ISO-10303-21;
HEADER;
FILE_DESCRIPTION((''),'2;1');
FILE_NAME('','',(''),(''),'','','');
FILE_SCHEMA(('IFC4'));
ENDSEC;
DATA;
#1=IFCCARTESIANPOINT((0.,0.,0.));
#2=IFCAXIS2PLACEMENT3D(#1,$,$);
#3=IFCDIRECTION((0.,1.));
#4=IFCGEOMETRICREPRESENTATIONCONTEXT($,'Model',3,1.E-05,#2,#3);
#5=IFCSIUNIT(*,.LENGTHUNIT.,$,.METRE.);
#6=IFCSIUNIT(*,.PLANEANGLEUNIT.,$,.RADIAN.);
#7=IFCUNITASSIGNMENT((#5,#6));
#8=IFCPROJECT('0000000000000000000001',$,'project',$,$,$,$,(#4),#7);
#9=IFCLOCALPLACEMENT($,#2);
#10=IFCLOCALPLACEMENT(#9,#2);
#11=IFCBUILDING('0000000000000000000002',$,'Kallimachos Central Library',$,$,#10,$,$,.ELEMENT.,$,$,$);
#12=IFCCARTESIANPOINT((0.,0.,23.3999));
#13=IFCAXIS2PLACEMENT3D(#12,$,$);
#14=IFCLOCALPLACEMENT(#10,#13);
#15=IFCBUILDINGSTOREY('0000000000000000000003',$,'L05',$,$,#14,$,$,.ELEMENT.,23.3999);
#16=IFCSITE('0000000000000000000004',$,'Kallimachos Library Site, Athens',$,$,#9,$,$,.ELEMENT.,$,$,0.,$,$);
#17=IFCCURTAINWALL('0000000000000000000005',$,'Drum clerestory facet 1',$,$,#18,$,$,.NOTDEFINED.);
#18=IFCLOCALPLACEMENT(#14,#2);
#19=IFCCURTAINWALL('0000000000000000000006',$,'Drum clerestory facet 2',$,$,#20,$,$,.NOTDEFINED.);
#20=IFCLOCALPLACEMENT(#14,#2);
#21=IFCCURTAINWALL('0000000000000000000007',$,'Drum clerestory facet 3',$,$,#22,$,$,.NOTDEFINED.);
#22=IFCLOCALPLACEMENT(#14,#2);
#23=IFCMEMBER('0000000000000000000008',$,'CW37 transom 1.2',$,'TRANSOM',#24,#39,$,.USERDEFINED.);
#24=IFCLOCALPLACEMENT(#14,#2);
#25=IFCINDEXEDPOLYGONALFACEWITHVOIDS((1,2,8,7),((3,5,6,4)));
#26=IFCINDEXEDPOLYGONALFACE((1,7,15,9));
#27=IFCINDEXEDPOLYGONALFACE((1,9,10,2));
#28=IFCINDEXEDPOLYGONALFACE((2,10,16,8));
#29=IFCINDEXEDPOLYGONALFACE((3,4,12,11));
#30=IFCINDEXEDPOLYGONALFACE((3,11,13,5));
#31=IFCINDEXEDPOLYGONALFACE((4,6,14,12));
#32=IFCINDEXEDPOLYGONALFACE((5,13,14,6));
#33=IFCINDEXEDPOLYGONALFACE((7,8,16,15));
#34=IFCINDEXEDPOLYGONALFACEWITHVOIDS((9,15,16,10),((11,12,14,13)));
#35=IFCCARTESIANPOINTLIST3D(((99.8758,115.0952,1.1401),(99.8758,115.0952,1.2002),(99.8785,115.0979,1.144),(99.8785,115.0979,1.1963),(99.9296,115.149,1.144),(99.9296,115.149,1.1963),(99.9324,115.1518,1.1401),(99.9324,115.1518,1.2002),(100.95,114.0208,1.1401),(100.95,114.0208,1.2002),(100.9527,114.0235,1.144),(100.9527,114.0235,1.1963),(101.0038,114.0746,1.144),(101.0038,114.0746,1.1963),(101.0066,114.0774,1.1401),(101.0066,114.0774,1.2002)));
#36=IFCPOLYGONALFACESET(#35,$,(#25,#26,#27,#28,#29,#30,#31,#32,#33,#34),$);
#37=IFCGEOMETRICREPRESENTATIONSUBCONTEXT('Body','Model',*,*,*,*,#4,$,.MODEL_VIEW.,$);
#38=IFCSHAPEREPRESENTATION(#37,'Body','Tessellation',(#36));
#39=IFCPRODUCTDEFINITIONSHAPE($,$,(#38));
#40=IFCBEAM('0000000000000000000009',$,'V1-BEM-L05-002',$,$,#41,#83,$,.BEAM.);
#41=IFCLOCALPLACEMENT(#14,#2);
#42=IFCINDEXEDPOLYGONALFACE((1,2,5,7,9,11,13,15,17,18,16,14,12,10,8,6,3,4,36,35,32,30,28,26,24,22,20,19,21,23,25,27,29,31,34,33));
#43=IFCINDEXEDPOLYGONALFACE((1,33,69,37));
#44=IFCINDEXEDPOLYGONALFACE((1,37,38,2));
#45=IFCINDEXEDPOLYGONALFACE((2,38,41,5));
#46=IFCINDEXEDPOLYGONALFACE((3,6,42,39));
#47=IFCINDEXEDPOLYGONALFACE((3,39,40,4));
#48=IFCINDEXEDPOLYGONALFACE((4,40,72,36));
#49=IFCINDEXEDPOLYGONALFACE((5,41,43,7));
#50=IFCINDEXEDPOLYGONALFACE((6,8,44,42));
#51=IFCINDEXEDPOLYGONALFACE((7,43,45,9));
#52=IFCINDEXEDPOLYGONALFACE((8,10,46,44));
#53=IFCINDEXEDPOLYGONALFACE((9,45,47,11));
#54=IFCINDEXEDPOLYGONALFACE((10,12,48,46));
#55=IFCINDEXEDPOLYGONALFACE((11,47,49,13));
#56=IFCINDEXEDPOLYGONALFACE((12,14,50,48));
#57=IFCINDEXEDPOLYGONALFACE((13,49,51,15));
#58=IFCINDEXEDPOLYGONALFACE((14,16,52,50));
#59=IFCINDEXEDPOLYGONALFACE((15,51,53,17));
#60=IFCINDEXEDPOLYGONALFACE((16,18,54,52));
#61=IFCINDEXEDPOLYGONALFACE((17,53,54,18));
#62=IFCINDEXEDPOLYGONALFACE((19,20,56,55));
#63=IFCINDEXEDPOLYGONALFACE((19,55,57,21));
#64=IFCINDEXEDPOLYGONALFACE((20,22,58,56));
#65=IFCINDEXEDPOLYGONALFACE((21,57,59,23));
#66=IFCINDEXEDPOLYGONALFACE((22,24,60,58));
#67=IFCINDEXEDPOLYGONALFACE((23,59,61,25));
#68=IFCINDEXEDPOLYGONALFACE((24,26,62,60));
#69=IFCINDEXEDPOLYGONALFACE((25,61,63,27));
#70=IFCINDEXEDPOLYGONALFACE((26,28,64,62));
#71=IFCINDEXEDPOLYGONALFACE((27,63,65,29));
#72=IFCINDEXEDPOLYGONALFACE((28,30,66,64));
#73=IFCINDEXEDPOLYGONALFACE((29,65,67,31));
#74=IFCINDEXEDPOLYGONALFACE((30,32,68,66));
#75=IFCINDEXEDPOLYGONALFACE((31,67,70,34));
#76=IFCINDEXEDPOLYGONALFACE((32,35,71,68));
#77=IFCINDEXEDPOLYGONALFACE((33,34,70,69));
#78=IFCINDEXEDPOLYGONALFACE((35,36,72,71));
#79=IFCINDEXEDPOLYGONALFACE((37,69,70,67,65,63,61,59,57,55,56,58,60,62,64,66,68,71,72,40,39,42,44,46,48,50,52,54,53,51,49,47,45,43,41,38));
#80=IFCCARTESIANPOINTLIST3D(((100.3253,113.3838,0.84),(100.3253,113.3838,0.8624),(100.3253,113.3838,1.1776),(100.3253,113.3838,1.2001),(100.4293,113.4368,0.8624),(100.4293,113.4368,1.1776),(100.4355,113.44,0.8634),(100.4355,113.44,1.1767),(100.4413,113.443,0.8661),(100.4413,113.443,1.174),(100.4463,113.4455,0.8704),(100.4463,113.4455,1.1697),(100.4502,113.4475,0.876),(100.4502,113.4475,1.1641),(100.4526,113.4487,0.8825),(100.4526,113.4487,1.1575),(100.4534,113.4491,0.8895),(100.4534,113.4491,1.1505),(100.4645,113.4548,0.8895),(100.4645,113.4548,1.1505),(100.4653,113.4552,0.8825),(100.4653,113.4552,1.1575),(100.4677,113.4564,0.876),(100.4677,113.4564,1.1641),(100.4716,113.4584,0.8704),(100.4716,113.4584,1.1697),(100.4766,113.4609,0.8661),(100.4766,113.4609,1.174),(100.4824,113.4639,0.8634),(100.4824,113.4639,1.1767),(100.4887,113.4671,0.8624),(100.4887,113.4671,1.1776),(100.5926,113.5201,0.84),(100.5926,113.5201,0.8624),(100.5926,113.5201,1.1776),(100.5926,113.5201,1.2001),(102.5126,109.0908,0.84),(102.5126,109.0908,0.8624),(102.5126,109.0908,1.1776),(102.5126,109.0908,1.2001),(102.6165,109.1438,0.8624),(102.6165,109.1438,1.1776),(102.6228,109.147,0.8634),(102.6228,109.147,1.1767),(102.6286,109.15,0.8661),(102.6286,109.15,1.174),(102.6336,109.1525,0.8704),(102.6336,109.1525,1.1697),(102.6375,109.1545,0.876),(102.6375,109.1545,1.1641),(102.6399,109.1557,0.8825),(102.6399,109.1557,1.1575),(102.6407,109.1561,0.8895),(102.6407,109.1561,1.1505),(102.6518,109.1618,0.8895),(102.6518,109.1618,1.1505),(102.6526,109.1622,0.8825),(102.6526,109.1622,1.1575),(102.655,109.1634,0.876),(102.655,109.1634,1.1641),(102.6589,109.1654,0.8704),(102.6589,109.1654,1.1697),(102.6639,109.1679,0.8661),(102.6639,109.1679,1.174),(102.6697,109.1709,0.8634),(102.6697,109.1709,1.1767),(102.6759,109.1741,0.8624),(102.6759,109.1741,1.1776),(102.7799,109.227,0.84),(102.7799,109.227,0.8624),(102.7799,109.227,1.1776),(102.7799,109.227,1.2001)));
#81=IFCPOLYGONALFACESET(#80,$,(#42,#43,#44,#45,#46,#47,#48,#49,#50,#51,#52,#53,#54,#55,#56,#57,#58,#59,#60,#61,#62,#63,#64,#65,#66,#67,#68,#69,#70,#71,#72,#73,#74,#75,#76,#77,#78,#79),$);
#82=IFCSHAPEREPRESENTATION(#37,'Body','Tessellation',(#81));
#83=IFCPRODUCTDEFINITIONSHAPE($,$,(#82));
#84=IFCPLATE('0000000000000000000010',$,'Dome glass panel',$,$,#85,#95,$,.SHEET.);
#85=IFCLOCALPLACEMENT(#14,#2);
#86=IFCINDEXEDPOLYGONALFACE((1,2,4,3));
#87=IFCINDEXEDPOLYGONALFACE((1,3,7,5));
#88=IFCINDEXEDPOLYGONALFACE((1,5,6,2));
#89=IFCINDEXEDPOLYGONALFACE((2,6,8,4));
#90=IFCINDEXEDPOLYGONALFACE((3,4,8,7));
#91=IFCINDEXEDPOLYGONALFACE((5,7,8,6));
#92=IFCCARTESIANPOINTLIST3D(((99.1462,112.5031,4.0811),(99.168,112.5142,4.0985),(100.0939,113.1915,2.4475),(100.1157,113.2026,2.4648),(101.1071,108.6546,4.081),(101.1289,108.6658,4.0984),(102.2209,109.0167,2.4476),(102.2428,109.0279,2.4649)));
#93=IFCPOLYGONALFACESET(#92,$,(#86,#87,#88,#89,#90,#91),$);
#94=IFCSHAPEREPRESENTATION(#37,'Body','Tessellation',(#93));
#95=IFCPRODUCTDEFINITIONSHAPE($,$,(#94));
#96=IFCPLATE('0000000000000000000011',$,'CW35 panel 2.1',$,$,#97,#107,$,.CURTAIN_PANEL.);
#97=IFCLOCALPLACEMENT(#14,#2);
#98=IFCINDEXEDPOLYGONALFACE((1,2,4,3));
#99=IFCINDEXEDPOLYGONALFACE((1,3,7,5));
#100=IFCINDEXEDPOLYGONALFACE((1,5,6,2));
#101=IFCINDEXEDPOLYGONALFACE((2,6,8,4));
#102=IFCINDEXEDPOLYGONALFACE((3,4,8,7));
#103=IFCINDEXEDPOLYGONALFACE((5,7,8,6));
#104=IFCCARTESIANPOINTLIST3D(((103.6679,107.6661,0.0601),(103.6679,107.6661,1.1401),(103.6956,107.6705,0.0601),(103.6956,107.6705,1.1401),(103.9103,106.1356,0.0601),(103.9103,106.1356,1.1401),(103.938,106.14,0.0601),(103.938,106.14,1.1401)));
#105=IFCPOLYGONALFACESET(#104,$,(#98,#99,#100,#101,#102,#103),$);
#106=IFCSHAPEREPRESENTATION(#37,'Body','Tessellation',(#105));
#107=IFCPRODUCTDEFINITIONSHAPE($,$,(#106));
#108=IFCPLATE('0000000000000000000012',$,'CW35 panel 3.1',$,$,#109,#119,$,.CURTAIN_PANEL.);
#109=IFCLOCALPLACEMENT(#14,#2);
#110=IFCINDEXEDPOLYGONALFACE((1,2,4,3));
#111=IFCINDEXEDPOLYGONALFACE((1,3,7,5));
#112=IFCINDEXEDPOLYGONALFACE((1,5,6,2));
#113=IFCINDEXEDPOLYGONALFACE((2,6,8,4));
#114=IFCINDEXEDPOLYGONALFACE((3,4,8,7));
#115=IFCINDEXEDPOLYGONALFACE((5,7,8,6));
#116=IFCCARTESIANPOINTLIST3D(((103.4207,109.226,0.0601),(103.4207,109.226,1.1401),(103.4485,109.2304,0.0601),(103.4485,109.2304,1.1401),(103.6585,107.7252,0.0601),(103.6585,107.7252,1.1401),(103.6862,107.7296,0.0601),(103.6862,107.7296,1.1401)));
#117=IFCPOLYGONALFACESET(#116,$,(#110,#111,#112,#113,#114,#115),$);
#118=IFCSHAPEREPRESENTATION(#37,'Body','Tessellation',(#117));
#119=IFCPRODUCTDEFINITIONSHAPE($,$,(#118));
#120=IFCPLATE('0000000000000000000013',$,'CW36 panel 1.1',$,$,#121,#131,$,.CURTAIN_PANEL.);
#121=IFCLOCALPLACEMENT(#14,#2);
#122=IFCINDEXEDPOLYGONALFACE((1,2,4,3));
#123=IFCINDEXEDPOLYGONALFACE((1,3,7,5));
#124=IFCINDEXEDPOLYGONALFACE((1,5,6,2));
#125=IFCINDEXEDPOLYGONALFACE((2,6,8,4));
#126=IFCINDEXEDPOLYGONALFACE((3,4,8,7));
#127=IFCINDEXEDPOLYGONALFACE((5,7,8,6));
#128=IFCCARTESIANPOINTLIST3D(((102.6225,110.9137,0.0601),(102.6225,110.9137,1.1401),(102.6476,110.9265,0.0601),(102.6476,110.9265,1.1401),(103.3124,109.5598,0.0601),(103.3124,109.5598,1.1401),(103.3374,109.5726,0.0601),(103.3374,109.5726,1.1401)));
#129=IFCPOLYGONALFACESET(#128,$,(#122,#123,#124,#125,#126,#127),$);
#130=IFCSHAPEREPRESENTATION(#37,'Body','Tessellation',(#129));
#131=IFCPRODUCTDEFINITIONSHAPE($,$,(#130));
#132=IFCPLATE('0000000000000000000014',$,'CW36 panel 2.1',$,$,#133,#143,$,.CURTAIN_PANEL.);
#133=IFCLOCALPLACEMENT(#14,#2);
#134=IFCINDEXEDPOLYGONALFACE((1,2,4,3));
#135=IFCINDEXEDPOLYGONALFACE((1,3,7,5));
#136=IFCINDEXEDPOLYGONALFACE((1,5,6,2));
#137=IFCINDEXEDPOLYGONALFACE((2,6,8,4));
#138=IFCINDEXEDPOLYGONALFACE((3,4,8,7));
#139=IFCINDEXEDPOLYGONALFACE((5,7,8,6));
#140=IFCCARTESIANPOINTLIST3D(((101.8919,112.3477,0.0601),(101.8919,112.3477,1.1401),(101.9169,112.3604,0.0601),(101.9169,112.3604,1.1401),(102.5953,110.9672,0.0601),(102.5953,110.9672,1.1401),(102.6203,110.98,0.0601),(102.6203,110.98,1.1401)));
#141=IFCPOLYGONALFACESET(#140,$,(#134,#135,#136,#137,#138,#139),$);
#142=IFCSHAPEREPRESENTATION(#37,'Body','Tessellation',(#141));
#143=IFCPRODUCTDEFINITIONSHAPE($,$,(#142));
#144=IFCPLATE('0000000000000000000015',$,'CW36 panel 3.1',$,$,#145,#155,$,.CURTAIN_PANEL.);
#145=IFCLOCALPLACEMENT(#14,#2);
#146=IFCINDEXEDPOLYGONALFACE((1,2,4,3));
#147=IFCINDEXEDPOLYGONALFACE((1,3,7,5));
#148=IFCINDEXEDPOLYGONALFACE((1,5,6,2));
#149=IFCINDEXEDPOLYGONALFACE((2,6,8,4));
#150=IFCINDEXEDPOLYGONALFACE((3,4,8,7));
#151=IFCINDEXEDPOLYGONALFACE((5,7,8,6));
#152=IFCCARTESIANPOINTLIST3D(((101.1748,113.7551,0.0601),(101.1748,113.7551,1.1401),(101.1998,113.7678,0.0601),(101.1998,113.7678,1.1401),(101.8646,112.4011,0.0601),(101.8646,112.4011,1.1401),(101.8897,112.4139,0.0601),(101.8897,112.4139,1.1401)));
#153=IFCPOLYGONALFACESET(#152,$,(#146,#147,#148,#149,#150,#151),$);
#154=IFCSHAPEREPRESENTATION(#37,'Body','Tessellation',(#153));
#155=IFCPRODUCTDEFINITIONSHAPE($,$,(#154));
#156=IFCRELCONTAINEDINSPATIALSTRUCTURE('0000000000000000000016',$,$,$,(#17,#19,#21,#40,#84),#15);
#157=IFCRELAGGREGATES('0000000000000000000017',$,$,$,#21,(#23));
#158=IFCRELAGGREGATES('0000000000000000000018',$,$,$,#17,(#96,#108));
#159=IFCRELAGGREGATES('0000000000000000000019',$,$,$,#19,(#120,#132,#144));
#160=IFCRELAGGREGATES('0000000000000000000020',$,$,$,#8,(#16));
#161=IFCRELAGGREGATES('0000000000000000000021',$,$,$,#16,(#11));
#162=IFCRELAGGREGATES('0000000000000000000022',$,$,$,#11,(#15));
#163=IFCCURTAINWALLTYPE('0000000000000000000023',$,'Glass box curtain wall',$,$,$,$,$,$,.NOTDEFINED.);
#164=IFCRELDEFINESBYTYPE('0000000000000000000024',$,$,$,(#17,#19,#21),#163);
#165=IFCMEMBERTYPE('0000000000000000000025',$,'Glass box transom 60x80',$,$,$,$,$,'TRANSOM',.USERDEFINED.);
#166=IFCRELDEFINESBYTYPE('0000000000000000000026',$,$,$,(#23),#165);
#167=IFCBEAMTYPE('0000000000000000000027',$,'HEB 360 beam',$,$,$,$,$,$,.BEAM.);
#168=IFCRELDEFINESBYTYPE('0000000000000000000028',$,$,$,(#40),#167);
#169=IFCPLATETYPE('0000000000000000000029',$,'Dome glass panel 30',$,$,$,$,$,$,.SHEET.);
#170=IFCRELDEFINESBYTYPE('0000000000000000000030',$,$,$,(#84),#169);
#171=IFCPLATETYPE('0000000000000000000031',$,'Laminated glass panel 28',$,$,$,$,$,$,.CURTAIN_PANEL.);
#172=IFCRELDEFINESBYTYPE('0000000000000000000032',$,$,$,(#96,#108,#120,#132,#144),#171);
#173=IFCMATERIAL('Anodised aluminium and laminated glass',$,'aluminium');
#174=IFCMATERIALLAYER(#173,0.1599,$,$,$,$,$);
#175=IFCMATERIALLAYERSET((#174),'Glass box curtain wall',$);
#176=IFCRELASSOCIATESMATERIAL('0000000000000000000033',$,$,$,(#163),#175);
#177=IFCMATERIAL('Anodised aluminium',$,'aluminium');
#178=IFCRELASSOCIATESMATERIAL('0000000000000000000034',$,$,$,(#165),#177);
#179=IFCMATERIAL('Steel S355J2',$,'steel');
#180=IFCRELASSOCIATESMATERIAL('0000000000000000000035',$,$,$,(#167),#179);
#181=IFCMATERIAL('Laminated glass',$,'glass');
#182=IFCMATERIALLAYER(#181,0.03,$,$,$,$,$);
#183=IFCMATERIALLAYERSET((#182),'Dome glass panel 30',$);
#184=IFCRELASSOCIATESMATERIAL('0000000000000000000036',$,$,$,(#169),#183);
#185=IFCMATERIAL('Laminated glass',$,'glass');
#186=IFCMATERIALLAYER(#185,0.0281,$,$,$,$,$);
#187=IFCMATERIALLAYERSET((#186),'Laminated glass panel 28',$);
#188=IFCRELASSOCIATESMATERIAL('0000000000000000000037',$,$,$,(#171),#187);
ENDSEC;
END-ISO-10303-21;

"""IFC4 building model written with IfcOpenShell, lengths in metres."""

from ifc_helpers import new_model, si_unit, direction, frame, origin, origin_2d, place, context, subcontext, project, spatial, polyline, rectangle, hollow_rectangle, i_section, outline, extrude, material, layer, layer_set, material_profile, profile_set, type_object, element, aggregate, save


model = new_model("IFC4")

# Units and contexts
model_context = context("Model", 3, precision=1e-05, world=origin(), true_north=direction((0.0, 1.0)))
body_context = subcontext(model_context, "Body", "Model", "MODEL_VIEW")
ifc_project = project(units=[si_unit("LENGTHUNIT", "METRE"), si_unit("PLANEANGLEUNIT", "RADIAN")], contexts=[model_context])

# Site, building, storey
site_placement = place(None, origin())
site = spatial("IfcSite", under=ifc_project, at=site_placement, Name="Kallimachos Library Site, Athens", CompositionType="ELEMENT", RefElevation=0.0)
building_placement = place(site_placement, origin())
building = spatial("IfcBuilding", under=site, at=building_placement, Name="Kallimachos Central Library", CompositionType="ELEMENT")
storey_placement = place(building_placement, frame((0.0, 0.0, 23.3999)))
storey = spatial("IfcBuildingStorey", under=building, at=storey_placement, Name="L05", CompositionType="ELEMENT", Elevation=23.3999)

# Curtain walls
ifc_material_1 = material(Name="Anodised aluminium and laminated glass", Category="aluminium")
ifc_layer_1 = layer(ifc_material_1, 0.1599)
ifc_layer_set_1 = layer_set([ifc_layer_1], Name="Glass box curtain wall")
curtain_wall_type = type_object("IfcCurtainWallType", Name="Glass box curtain wall", PredefinedType="NOTDEFINED", material=ifc_layer_set_1)
curtain_wall_1_placement = place(storey_placement, origin())
curtain_wall_1 = element("IfcCurtainWall", 1, at=curtain_wall_1_placement, inside=storey, type_object=curtain_wall_type, Name="Drum clerestory facet 1", PredefinedType="NOTDEFINED")
curtain_wall_2_placement = place(storey_placement, origin())
curtain_wall_2 = element("IfcCurtainWall", 2, at=curtain_wall_2_placement, inside=storey, type_object=curtain_wall_type, Name="Drum clerestory facet 2", PredefinedType="NOTDEFINED")

# Curtain wall
curtain_wall_3_placement = place(storey_placement, origin())
curtain_wall_3 = element("IfcCurtainWall", 3, at=curtain_wall_3_placement, inside=storey, type_object=curtain_wall_type, Name="Drum clerestory facet 3", PredefinedType="NOTDEFINED")

# Member
ifc_material_2 = material(Name="Anodised aluminium", Category="aluminium")
ifc_material_profile_1 = material_profile(ifc_material_2, hollow_rectangle(XDim=0.0601, YDim=0.0801, WallThickness=0.0039, at=origin_2d()), Name="ALU TRANSOM 60x80")
ifc_profile_set_1 = profile_set([ifc_material_profile_1], Name="Anodised aluminium")
member_type_1 = type_object("IfcMemberType", Name="Glass box transom 60x80", ElementType="TRANSOM", PredefinedType="USERDEFINED", material=ifc_profile_set_1)
member_1_placement = place(storey_placement, frame((100.9783, 114.0491, 1.1702), z_axis=(-0.707026, 0.707187, 0.0), x_axis=(0.0, 0.0, 1.0)))
member_1 = element("IfcMember", 4, at=member_1_placement, type_object=member_type_1, Name="CW37 transom 1.2", ObjectType="TRANSOM", PredefinedType="USERDEFINED", context=body_context, shape_type="SweptSolid", body=[
    extrude(hollow_rectangle(XDim=0.0601, YDim=0.0801, WallThickness=0.0039, at=origin_2d()), origin(), (0.0, 0.0, 1.0), 1.5193),
])
aggregate(curtain_wall_3, [member_1])

# Beam
ifc_material_3 = material(Name="Steel S355J2", Category="steel")
ifc_material_profile_2 = material_profile(ifc_material_3, i_section(OverallWidth=0.3, OverallDepth=0.3601, WebThickness=0.0125, FlangeThickness=0.0225, FilletRadius=0.0271, at=origin_2d()), Name="HEB 360")
ifc_profile_set_2 = profile_set([ifc_material_profile_2], Name="Steel S355J2")
beam_type = type_object("IfcBeamType", Name="HEB 360 beam", PredefinedType="BEAM", material=ifc_profile_set_2)
beam_placement = place(storey_placement, frame((102.6462, 109.1589, 1.02), z_axis=(-0.453971, 0.891017, 0.0), x_axis=(-0.891017, -0.453971, 0.0)))
element("IfcBeam", 5, at=beam_placement, inside=storey, type_object=beam_type, Name="V1-BEM-L05-002", PredefinedType="BEAM", context=body_context, shape_type="SweptSolid", body=[
    extrude(i_section(OverallWidth=0.3, OverallDepth=0.3601, WebThickness=0.0125, FlangeThickness=0.0225, FilletRadius=0.0271, at=origin_2d()), origin(), (0.0, 0.0, 1.0), 4.8181),
])

# Plate
ifc_material_4 = material(Name="Laminated glass", Category="glass")
ifc_layer_2 = layer(ifc_material_4, 0.03)
ifc_layer_set_2 = layer_set([ifc_layer_2], Name="Dome glass panel 30")
plate_type_1 = type_object("IfcPlateType", Name="Dome glass panel 30", PredefinedType="SHEET", material=ifc_layer_set_2)
plate_1_placement = place(storey_placement, frame((101.1289, 108.6658, 4.0984), z_axis=(0.727132, 0.370481, 0.577947), x_axis=(0.554157, 0.180151, -0.812684)))
element("IfcPlate", 6, at=plate_1_placement, inside=storey, type_object=plate_type_1, Name="Dome glass panel", PredefinedType="SHEET", context=body_context, shape_type="SweptSolid", body=[
    extrude(outline(polyline([(0.0, 0.0), (2.01, 0.0), (1.5834, 4.6659), (-0.3934, 4.3012), (0.0, 0.0)])), origin(), (0.0, 0.0, -1.0), 0.03),
])

# Plates
ifc_material_5 = material(Name="Laminated glass", Category="glass")
ifc_layer_3 = layer(ifc_material_5, 0.0281)
ifc_layer_set_3 = layer_set([ifc_layer_3], Name="Laminated glass panel 28")
plate_type_2 = type_object("IfcPlateType", Name="Laminated glass panel 28", PredefinedType="CURTAIN_PANEL", material=ifc_layer_set_3)
plate_2_placement = place(storey_placement, frame((103.803, 106.9031, 0.0601), z_axis=(0.0, 0.0, 1.0), x_axis=(-0.156435, 0.987688, 0.0)))
plate_2 = element("IfcPlate", 7, at=plate_2_placement, type_object=plate_type_2, Name="CW35 panel 2.1", PredefinedType="CURTAIN_PANEL", context=body_context, shape_type="SweptSolid", body=[
    extrude(rectangle(XDim=1.5496, YDim=0.0281, at=origin_2d()), origin(), (0.0, 0.0, 1.0), 1.0801),
])
plate_3_placement = place(storey_placement, frame((103.5535, 108.4778, 0.0601), z_axis=(0.0, 0.0, 1.0), x_axis=(-0.156435, 0.987688, 0.0)))
plate_3 = element("IfcPlate", 8, at=plate_3_placement, type_object=plate_type_2, Name="CW35 panel 3.1", PredefinedType="CURTAIN_PANEL", context=body_context, shape_type="SweptSolid", body=[
    extrude(rectangle(XDim=1.5195, YDim=0.0281, at=origin_2d()), origin(), (0.0, 0.0, 1.0), 1.0801),
])
aggregate(curtain_wall_1, [plate_2, plate_3])
plate_4_placement = place(storey_placement, frame((102.98, 110.2432, 0.0601), z_axis=(0.0, 0.0, 1.0), x_axis=(-0.453991, 0.891006, 0.0)))
plate_4 = element("IfcPlate", 9, at=plate_4_placement, type_object=plate_type_2, Name="CW36 panel 1.1", PredefinedType="CURTAIN_PANEL", context=body_context, shape_type="SweptSolid", body=[
    extrude(rectangle(XDim=1.5195, YDim=0.0281, at=origin_2d()), origin(), (0.0, 0.0, 1.0), 1.0801),
])
plate_5_placement = place(storey_placement, frame((102.2561, 111.6638, 0.0601), z_axis=(0.0, 0.0, 1.0), x_axis=(-0.453991, 0.891006, 0.0)))
plate_5 = element("IfcPlate", 10, at=plate_5_placement, type_object=plate_type_2, Name="CW36 panel 2.1", PredefinedType="CURTAIN_PANEL", context=body_context, shape_type="SweptSolid", body=[
    extrude(rectangle(XDim=1.5493, YDim=0.0281, at=origin_2d()), origin(), (0.0, 0.0, 1.0), 1.0801),
])
plate_6_placement = place(storey_placement, frame((101.5322, 113.0845, 0.0601), z_axis=(0.0, 0.0, 1.0), x_axis=(-0.453991, 0.891006, 0.0)))
plate_6 = element("IfcPlate", 11, at=plate_6_placement, type_object=plate_type_2, Name="CW36 panel 3.1", PredefinedType="CURTAIN_PANEL", context=body_context, shape_type="SweptSolid", body=[
    extrude(rectangle(XDim=1.5195, YDim=0.0281, at=origin_2d()), origin(), (0.0, 0.0, 1.0), 1.0801),
])
aggregate(curtain_wall_2, [plate_4, plate_5, plate_6])

save(model, "model.ifc")
